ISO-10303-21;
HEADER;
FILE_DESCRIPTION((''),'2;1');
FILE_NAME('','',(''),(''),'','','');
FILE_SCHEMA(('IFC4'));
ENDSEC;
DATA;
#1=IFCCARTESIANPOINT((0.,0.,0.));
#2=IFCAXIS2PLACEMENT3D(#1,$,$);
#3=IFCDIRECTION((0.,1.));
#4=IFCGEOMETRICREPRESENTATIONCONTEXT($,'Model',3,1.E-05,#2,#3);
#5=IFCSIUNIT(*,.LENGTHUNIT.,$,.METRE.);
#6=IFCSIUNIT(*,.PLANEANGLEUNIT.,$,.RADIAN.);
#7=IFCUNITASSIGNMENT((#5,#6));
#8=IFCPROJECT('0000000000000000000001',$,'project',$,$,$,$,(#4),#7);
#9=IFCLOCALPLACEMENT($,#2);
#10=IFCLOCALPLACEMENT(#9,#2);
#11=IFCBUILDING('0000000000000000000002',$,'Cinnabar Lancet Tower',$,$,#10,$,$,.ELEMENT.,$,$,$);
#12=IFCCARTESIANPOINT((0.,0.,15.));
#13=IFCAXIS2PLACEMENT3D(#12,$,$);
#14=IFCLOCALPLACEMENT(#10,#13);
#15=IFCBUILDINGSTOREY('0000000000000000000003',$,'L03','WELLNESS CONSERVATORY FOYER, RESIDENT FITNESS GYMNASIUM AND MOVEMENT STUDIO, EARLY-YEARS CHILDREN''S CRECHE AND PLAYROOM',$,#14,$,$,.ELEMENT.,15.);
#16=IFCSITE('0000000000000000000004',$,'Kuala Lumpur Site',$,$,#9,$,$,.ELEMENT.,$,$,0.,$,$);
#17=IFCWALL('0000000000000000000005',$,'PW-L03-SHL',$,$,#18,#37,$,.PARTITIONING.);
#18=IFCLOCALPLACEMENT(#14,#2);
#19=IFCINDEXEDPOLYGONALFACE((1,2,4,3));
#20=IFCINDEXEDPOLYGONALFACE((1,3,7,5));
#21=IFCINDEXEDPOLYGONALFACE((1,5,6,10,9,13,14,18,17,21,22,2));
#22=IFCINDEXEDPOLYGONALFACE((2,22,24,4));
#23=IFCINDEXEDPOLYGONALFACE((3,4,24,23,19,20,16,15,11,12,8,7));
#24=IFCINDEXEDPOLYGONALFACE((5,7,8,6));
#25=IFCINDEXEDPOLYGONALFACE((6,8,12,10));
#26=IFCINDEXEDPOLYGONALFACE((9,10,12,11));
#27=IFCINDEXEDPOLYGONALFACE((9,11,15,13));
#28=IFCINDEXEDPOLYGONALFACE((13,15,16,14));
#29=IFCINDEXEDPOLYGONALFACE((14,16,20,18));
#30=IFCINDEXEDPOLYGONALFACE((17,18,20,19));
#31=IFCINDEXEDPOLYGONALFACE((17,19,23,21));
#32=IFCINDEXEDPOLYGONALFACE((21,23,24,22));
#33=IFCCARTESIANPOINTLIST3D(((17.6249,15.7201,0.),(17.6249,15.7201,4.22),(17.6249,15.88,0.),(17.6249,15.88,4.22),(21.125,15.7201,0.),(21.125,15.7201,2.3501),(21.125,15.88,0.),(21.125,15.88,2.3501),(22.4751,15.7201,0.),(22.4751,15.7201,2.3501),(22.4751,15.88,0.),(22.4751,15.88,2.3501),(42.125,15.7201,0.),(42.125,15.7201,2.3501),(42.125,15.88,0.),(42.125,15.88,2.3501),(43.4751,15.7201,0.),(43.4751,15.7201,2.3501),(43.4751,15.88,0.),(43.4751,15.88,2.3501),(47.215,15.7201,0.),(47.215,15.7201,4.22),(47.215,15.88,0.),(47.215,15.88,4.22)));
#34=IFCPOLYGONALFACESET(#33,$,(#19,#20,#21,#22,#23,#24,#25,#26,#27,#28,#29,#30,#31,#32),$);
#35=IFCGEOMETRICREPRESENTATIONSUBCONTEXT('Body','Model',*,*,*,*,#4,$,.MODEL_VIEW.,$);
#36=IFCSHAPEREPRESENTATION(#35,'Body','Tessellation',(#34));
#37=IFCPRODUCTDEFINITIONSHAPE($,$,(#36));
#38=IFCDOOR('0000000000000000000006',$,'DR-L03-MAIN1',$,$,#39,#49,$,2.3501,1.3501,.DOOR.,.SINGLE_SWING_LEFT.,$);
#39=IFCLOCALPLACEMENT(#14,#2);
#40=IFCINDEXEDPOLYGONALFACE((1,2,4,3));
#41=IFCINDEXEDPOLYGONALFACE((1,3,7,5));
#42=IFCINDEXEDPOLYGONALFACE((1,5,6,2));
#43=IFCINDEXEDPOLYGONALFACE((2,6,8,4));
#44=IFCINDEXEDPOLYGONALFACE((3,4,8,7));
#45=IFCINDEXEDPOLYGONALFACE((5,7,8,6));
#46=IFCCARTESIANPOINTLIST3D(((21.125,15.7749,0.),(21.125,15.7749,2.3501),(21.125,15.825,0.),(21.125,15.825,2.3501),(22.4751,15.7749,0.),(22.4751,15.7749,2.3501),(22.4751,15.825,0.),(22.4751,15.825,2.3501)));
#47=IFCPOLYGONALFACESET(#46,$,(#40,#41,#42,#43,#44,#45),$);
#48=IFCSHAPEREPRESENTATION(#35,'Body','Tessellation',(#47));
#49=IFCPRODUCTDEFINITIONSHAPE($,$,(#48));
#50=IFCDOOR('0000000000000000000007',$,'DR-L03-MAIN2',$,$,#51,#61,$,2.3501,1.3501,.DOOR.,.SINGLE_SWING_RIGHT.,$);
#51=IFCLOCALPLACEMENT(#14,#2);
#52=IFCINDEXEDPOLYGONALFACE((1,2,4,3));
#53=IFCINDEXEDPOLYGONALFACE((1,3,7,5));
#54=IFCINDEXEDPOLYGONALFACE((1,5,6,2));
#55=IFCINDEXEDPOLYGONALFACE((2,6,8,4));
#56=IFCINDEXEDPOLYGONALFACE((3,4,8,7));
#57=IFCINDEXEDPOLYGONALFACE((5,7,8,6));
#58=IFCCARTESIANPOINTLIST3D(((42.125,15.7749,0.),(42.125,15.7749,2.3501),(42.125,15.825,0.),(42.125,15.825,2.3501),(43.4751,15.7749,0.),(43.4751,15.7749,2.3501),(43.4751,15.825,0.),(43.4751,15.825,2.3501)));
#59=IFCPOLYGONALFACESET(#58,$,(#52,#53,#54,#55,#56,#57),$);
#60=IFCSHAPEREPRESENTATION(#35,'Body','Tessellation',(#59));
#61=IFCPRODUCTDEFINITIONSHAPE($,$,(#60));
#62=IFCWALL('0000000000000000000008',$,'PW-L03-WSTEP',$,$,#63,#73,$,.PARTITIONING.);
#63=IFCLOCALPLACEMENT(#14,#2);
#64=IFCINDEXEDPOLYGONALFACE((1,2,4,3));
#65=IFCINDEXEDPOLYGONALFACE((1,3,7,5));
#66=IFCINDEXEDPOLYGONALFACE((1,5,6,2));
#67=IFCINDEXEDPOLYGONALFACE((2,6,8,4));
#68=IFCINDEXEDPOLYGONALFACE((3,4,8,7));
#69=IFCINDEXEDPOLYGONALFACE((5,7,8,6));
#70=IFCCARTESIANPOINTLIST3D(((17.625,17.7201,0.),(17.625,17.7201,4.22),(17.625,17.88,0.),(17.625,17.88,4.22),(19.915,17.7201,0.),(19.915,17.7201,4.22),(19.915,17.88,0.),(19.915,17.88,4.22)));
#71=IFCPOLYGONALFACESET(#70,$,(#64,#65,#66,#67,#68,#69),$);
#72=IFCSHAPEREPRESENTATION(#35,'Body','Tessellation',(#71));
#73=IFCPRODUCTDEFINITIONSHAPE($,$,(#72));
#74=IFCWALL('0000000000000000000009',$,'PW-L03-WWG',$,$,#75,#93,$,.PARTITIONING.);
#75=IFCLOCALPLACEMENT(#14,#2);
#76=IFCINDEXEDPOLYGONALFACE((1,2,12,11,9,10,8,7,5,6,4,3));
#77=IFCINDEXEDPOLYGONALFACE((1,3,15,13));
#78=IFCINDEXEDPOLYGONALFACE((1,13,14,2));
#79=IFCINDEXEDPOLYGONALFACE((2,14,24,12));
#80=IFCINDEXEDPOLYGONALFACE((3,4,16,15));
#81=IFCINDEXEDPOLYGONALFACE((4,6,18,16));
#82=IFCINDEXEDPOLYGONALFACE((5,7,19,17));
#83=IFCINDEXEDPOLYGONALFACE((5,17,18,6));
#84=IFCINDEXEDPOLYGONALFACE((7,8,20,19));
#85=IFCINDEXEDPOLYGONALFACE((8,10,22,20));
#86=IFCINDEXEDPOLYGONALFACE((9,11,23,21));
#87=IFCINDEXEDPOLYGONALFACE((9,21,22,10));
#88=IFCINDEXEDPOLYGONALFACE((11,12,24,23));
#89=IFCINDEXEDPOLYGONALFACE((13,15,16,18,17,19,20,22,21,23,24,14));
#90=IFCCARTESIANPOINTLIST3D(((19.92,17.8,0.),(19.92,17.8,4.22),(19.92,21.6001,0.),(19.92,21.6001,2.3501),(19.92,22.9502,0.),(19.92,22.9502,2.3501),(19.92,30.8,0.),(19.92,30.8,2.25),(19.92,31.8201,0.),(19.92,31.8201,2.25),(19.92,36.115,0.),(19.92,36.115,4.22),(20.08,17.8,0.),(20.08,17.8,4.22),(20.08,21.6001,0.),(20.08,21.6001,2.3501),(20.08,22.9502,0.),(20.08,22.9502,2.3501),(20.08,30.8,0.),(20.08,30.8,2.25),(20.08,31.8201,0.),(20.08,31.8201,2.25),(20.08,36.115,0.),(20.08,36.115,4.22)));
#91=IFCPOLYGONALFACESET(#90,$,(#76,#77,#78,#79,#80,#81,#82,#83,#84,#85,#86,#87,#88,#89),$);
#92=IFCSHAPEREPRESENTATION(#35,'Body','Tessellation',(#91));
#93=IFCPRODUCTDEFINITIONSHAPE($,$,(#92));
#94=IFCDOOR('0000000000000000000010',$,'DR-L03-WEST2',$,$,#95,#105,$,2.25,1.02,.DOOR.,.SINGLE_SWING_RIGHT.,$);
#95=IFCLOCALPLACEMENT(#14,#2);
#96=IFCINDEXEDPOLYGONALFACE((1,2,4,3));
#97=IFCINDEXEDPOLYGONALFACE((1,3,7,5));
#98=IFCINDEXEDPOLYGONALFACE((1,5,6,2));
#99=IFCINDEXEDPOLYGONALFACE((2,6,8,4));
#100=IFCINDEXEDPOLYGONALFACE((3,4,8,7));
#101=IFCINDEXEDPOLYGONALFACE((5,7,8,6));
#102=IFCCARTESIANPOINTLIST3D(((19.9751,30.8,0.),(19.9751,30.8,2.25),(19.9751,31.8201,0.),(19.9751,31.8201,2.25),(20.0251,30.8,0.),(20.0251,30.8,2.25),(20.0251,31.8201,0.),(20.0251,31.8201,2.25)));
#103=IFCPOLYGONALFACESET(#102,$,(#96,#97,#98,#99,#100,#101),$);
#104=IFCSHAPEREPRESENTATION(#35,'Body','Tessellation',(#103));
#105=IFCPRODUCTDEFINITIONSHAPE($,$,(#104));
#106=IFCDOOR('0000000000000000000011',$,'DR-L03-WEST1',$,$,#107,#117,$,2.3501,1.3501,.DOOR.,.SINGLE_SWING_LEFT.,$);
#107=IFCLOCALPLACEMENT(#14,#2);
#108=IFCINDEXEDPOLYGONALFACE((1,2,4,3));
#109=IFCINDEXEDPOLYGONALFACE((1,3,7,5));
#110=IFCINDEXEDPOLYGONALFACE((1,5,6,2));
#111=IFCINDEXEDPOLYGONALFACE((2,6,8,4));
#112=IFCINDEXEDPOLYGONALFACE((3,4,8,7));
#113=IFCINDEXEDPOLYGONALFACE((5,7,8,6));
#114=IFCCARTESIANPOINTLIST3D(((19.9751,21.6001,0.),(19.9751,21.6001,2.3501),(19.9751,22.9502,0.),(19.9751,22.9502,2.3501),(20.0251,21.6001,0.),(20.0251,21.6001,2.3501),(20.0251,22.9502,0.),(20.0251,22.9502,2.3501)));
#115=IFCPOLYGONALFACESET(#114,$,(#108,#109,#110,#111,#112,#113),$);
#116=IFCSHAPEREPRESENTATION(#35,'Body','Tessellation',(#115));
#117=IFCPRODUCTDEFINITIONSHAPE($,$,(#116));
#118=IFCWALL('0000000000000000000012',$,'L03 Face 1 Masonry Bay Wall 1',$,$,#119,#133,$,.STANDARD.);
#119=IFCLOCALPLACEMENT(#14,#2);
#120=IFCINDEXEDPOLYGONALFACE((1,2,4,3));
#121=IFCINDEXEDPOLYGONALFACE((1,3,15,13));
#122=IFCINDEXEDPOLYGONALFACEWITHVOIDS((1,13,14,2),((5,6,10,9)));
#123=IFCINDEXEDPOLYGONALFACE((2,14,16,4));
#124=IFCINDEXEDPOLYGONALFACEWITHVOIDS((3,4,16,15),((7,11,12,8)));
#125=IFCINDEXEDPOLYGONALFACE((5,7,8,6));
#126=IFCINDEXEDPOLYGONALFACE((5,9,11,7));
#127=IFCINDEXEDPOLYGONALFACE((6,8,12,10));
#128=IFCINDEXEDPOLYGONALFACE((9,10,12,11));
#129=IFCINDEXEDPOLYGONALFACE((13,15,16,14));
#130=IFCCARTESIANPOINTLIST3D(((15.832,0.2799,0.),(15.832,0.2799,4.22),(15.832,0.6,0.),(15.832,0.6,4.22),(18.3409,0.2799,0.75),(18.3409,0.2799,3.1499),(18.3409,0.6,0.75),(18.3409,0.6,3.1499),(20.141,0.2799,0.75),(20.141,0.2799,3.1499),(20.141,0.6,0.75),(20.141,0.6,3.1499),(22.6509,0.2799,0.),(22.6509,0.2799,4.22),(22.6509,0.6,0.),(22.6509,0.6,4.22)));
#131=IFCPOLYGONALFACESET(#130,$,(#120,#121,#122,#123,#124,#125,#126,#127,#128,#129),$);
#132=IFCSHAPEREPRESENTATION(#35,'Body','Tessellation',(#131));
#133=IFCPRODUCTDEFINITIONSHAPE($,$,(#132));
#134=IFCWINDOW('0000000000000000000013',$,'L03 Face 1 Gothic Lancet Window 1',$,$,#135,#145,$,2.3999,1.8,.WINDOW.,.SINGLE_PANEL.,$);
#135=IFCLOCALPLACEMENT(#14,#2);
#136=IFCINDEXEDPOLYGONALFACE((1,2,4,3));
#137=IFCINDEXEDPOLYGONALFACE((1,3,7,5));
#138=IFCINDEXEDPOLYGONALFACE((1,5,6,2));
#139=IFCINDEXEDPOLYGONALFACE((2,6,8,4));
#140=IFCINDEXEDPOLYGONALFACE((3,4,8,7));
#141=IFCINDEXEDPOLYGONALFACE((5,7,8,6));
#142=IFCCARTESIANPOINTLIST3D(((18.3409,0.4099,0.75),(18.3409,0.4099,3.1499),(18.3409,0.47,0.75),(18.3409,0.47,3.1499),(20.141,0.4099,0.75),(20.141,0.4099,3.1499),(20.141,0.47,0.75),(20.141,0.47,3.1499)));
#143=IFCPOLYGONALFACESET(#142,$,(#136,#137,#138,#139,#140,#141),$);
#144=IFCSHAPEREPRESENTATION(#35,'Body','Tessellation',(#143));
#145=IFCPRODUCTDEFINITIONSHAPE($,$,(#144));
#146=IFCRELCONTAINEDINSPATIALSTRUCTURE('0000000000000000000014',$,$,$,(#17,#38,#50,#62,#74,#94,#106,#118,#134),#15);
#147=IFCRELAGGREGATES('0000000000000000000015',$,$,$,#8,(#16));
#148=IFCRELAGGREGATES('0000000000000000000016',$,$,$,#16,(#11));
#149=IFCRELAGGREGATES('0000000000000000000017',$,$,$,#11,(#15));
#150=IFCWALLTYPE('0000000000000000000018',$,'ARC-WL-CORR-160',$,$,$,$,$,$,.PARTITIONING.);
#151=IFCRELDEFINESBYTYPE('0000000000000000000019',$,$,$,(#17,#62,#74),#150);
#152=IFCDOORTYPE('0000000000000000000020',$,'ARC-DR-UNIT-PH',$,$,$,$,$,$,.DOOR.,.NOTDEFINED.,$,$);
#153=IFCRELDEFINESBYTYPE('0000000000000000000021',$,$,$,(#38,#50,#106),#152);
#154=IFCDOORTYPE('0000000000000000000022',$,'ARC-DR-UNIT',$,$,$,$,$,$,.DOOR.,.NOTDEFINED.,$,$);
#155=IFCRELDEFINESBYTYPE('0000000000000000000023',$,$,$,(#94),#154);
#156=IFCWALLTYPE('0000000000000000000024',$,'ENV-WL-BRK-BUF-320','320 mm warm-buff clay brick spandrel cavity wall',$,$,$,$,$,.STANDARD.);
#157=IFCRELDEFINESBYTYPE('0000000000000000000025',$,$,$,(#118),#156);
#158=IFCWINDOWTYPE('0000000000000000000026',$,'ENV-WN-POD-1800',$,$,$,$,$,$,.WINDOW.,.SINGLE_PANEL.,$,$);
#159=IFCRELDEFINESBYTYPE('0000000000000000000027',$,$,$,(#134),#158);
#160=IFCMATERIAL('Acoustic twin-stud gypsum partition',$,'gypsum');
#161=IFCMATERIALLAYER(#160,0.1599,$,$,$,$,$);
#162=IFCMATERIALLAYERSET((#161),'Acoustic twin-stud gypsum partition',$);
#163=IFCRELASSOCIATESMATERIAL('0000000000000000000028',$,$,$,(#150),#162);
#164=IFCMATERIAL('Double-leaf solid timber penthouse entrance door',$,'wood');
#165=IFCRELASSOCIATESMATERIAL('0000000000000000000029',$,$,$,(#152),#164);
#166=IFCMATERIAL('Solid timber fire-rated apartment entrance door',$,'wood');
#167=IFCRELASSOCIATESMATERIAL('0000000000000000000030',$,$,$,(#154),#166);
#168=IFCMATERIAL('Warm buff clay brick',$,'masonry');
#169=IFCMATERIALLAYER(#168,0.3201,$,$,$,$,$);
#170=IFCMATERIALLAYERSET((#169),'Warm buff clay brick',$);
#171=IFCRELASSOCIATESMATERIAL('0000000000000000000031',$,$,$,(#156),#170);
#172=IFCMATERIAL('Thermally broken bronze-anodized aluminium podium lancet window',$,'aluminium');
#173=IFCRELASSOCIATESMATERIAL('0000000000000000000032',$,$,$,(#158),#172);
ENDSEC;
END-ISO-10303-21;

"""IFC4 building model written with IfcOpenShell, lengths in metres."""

from ifc_helpers import new_model, si_unit, direction, frame, frame_2d, origin, place, context, subcontext, project, spatial, rectangle, extrude, material, layer, layer_set, type_object, element, fill, save


model = new_model("IFC4")

# Units and contexts
model_context = context("Model", 3, precision=1e-05, world=origin(), true_north=direction((0.0, 1.0)))
body_context = subcontext(model_context, "Body", "Model", "MODEL_VIEW")
ifc_project = project(units=[si_unit("LENGTHUNIT", "METRE"), si_unit("PLANEANGLEUNIT", "RADIAN")], contexts=[model_context])

# Site, building, storey
site_placement = place(None, origin())
site = spatial("IfcSite", under=ifc_project, at=site_placement, Name="Kuala Lumpur Site", CompositionType="ELEMENT", RefElevation=0.0)
building_placement = place(site_placement, origin())
building = spatial("IfcBuilding", under=site, at=building_placement, Name="Cinnabar Lancet Tower", CompositionType="ELEMENT")
storey_placement = place(building_placement, frame((0.0, 0.0, 15.0)))
storey = spatial("IfcBuildingStorey", under=building, at=storey_placement, Name="L03", Description="WELLNESS CONSERVATORY FOYER, RESIDENT FITNESS GYMNASIUM AND MOVEMENT STUDIO, EARLY-YEARS CHILDREN'S CRECHE AND PLAYROOM", CompositionType="ELEMENT", Elevation=15.0)

# Wall, openings, doors
ifc_material_1 = material(Name="Acoustic twin-stud gypsum partition", Category="gypsum")
ifc_layer_1 = layer(ifc_material_1, 0.1599)
ifc_layer_set_1 = layer_set([ifc_layer_1], Name="Acoustic twin-stud gypsum partition")
wall_type_1 = type_object("IfcWallType", Name="ARC-WL-CORR-160", PredefinedType="PARTITIONING", material=ifc_layer_set_1)
wall_1_placement = place(storey_placement, frame((17.625, 15.8, 0.0), z_axis=(0.0, 0.0, 1.0), x_axis=(1.0, 0.0, 0.0)))
wall_1 = element("IfcWall", 1, at=wall_1_placement, inside=storey, type_object=wall_type_1, Name="PW-L03-SHL", PredefinedType="PARTITIONING", context=body_context, shape_type="SweptSolid", body=[
    extrude(rectangle(XDim=29.5901, YDim=0.1599, at=frame_2d((14.7949, 0.0))), origin(), (0.0, 0.0, 1.0), 4.22),
])
opening_1_placement = place(wall_1_placement, frame((3.5, 0.0, 0.0)))
opening_1 = element("IfcOpeningElement", 2, at=opening_1_placement, cuts=wall_1, PredefinedType="OPENING", context=body_context, shape_type="SweptSolid", body=[
    extrude(rectangle(XDim=1.3501, YDim=2.3501, at=frame_2d((0.675, 1.175))), frame((0.0, 0.0898, 0.0), z_axis=(0.0, -1.0, 0.0), x_axis=(1.0, 0.0, 0.0)), (0.0, 0.0, 1.0), 0.1799),
])
opening_2_placement = place(wall_1_placement, frame((24.5, 0.0, 0.0)))
opening_2 = element("IfcOpeningElement", 3, at=opening_2_placement, cuts=wall_1, PredefinedType="OPENING", context=body_context, shape_type="SweptSolid", body=[
    extrude(rectangle(XDim=1.3501, YDim=2.3501, at=frame_2d((0.675, 1.175))), frame((0.0, 0.0898, 0.0), z_axis=(0.0, -1.0, 0.0), x_axis=(1.0, 0.0, 0.0)), (0.0, 0.0, 1.0), 0.1799),
])
ifc_material_2 = material(Name="Double-leaf solid timber penthouse entrance door", Category="wood")
door_type_1 = type_object("IfcDoorType", Name="ARC-DR-UNIT-PH", OperationType="NOTDEFINED", PredefinedType="DOOR", material=ifc_material_2)
door_1_placement = place(opening_1_placement, origin())
door_1 = element("IfcDoor", 4, at=door_1_placement, inside=storey, type_object=door_type_1, Name="DR-L03-MAIN1", OperationType="SINGLE_SWING_LEFT", OverallHeight=2.3501, OverallWidth=1.3501, PredefinedType="DOOR", context=body_context, shape_type="SweptSolid", body=[
    extrude(rectangle(XDim=1.3501, YDim=2.3501, at=frame_2d((0.675, 1.175))), frame((0.0, 0.0249, 0.0), z_axis=(0.0, -1.0, 0.0), x_axis=(1.0, 0.0, 0.0)), (0.0, 0.0, 1.0), 0.05),
])
fill(opening_1, door_1)
door_2_placement = place(opening_2_placement, origin())
door_2 = element("IfcDoor", 5, at=door_2_placement, inside=storey, type_object=door_type_1, Name="DR-L03-MAIN2", OperationType="SINGLE_SWING_RIGHT", OverallHeight=2.3501, OverallWidth=1.3501, PredefinedType="DOOR", context=body_context, shape_type="SweptSolid", body=[
    extrude(rectangle(XDim=1.3501, YDim=2.3501, at=frame_2d((0.675, 1.175))), frame((0.0, 0.0249, 0.0), z_axis=(0.0, -1.0, 0.0), x_axis=(1.0, 0.0, 0.0)), (0.0, 0.0, 1.0), 0.05),
])
fill(opening_2, door_2)

# Wall
wall_2_placement = place(storey_placement, frame((17.625, 17.8, 0.0), z_axis=(0.0, 0.0, 1.0), x_axis=(1.0, 0.0, 0.0)))
element("IfcWall", 6, at=wall_2_placement, inside=storey, type_object=wall_type_1, Name="PW-L03-WSTEP", PredefinedType="PARTITIONING", context=body_context, shape_type="SweptSolid", body=[
    extrude(rectangle(XDim=2.29, YDim=0.1599, at=frame_2d((1.145, 0.0))), origin(), (0.0, 0.0, 1.0), 4.22),
])

# Wall, openings, doors
wall_3_placement = place(storey_placement, frame((20.0, 17.8, 0.0), z_axis=(0.0, 0.0, 1.0), x_axis=(0.0, 1.0, 0.0)))
wall_3 = element("IfcWall", 7, at=wall_3_placement, inside=storey, type_object=wall_type_1, Name="PW-L03-WWG", PredefinedType="PARTITIONING", context=body_context, shape_type="SweptSolid", body=[
    extrude(rectangle(XDim=18.3149, YDim=0.1599, at=frame_2d((9.1575, 0.0))), origin(), (0.0, 0.0, 1.0), 4.22),
])
opening_3_placement = place(wall_3_placement, frame((3.8, 0.0, 0.0)))
opening_3 = element("IfcOpeningElement", 8, at=opening_3_placement, cuts=wall_3, PredefinedType="OPENING", context=body_context, shape_type="SweptSolid", body=[
    extrude(rectangle(XDim=1.3501, YDim=2.3501, at=frame_2d((0.675, 1.175))), frame((0.0, 0.0898, 0.0), z_axis=(0.0, -1.0, 0.0), x_axis=(1.0, 0.0, 0.0)), (0.0, 0.0, 1.0), 0.1799),
])
opening_4_placement = place(wall_3_placement, frame((13.0, 0.0, 0.0)))
opening_4 = element("IfcOpeningElement", 9, at=opening_4_placement, cuts=wall_3, PredefinedType="OPENING", context=body_context, shape_type="SweptSolid", body=[
    extrude(rectangle(XDim=1.02, YDim=2.25, at=frame_2d((0.51, 1.125))), frame((0.0, 0.0898, 0.0), z_axis=(0.0, -1.0, 0.0), x_axis=(1.0, 0.0, 0.0)), (0.0, 0.0, 1.0), 0.1799),
])
ifc_material_3 = material(Name="Solid timber fire-rated apartment entrance door", Category="wood")
door_type_2 = type_object("IfcDoorType", Name="ARC-DR-UNIT", OperationType="NOTDEFINED", PredefinedType="DOOR", material=ifc_material_3)
door_3_placement = place(opening_4_placement, origin())
door_3 = element("IfcDoor", 10, at=door_3_placement, inside=storey, type_object=door_type_2, Name="DR-L03-WEST2", OperationType="SINGLE_SWING_RIGHT", OverallHeight=2.25, OverallWidth=1.02, PredefinedType="DOOR", context=body_context, shape_type="SweptSolid", body=[
    extrude(rectangle(XDim=1.02, YDim=2.25, at=frame_2d((0.51, 1.125))), frame((0.0, 0.0249, 0.0), z_axis=(0.0, -1.0, 0.0), x_axis=(1.0, 0.0, 0.0)), (0.0, 0.0, 1.0), 0.05),
])
fill(opening_4, door_3)
door_4_placement = place(opening_3_placement, origin())
door_4 = element("IfcDoor", 11, at=door_4_placement, inside=storey, type_object=door_type_1, Name="DR-L03-WEST1", OperationType="SINGLE_SWING_LEFT", OverallHeight=2.3501, OverallWidth=1.3501, PredefinedType="DOOR", context=body_context, shape_type="SweptSolid", body=[
    extrude(rectangle(XDim=1.3501, YDim=2.3501, at=frame_2d((0.675, 1.175))), frame((0.0, 0.0249, 0.0), z_axis=(0.0, -1.0, 0.0), x_axis=(1.0, 0.0, 0.0)), (0.0, 0.0, 1.0), 0.05),
])
fill(opening_3, door_4)

# Wall, opening, window
ifc_material_4 = material(Name="Warm buff clay brick", Category="masonry")
ifc_layer_2 = layer(ifc_material_4, 0.3201)
ifc_layer_set_2 = layer_set([ifc_layer_2], Name="Warm buff clay brick")
wall_type_2 = type_object("IfcWallType", Name="ENV-WL-BRK-BUF-320", Description="320 mm warm-buff clay brick spandrel cavity wall", PredefinedType="STANDARD", material=ifc_layer_set_2)
wall_4_placement = place(storey_placement, frame((15.832, 0.4399, 0.0), z_axis=(0.0, 0.0, 1.0), x_axis=(1.0, 0.0, 0.0)))
wall_4 = element("IfcWall", 12, at=wall_4_placement, inside=storey, type_object=wall_type_2, Name="L03 Face 1 Masonry Bay Wall 1", PredefinedType="STANDARD", context=body_context, shape_type="SweptSolid", body=[
    extrude(rectangle(XDim=6.8188, YDim=0.3201, at=frame_2d((3.4094, 0.0))), origin(), (0.0, 0.0, 1.0), 4.22),
])
opening_5_placement = place(wall_4_placement, frame((2.509, 0.0, 0.75)))
opening_5 = element("IfcOpeningElement", 13, at=opening_5_placement, cuts=wall_4, PredefinedType="OPENING", context=body_context, shape_type="SweptSolid", body=[
    extrude(rectangle(XDim=1.8, YDim=2.3999, at=frame_2d((0.8999, 1.2))), frame((0.0, 0.1699, 0.0), z_axis=(0.0, -1.0, 0.0), x_axis=(1.0, 0.0, 0.0)), (0.0, 0.0, 1.0), 0.3401),
])
ifc_material_5 = material(Name="Thermally broken bronze-anodized aluminium podium lancet window", Category="aluminium")
window_type = type_object("IfcWindowType", Name="ENV-WN-POD-1800", PartitioningType="SINGLE_PANEL", PredefinedType="WINDOW", material=ifc_material_5)
window_placement = place(opening_5_placement, origin())
window = element("IfcWindow", 14, at=window_placement, inside=storey, type_object=window_type, Name="L03 Face 1 Gothic Lancet Window 1", OverallHeight=2.3999, OverallWidth=1.8, PartitioningType="SINGLE_PANEL", PredefinedType="WINDOW", context=body_context, shape_type="SweptSolid", body=[
    extrude(rectangle(XDim=1.8, YDim=2.3999, at=frame_2d((0.8999, 1.2))), frame((0.0, 0.03, 0.0), z_axis=(0.0, -1.0, 0.0), x_axis=(1.0, 0.0, 0.0)), (0.0, 0.0, 1.0), 0.0601),
])
fill(opening_5, window)

save(model, "model.ifc")
